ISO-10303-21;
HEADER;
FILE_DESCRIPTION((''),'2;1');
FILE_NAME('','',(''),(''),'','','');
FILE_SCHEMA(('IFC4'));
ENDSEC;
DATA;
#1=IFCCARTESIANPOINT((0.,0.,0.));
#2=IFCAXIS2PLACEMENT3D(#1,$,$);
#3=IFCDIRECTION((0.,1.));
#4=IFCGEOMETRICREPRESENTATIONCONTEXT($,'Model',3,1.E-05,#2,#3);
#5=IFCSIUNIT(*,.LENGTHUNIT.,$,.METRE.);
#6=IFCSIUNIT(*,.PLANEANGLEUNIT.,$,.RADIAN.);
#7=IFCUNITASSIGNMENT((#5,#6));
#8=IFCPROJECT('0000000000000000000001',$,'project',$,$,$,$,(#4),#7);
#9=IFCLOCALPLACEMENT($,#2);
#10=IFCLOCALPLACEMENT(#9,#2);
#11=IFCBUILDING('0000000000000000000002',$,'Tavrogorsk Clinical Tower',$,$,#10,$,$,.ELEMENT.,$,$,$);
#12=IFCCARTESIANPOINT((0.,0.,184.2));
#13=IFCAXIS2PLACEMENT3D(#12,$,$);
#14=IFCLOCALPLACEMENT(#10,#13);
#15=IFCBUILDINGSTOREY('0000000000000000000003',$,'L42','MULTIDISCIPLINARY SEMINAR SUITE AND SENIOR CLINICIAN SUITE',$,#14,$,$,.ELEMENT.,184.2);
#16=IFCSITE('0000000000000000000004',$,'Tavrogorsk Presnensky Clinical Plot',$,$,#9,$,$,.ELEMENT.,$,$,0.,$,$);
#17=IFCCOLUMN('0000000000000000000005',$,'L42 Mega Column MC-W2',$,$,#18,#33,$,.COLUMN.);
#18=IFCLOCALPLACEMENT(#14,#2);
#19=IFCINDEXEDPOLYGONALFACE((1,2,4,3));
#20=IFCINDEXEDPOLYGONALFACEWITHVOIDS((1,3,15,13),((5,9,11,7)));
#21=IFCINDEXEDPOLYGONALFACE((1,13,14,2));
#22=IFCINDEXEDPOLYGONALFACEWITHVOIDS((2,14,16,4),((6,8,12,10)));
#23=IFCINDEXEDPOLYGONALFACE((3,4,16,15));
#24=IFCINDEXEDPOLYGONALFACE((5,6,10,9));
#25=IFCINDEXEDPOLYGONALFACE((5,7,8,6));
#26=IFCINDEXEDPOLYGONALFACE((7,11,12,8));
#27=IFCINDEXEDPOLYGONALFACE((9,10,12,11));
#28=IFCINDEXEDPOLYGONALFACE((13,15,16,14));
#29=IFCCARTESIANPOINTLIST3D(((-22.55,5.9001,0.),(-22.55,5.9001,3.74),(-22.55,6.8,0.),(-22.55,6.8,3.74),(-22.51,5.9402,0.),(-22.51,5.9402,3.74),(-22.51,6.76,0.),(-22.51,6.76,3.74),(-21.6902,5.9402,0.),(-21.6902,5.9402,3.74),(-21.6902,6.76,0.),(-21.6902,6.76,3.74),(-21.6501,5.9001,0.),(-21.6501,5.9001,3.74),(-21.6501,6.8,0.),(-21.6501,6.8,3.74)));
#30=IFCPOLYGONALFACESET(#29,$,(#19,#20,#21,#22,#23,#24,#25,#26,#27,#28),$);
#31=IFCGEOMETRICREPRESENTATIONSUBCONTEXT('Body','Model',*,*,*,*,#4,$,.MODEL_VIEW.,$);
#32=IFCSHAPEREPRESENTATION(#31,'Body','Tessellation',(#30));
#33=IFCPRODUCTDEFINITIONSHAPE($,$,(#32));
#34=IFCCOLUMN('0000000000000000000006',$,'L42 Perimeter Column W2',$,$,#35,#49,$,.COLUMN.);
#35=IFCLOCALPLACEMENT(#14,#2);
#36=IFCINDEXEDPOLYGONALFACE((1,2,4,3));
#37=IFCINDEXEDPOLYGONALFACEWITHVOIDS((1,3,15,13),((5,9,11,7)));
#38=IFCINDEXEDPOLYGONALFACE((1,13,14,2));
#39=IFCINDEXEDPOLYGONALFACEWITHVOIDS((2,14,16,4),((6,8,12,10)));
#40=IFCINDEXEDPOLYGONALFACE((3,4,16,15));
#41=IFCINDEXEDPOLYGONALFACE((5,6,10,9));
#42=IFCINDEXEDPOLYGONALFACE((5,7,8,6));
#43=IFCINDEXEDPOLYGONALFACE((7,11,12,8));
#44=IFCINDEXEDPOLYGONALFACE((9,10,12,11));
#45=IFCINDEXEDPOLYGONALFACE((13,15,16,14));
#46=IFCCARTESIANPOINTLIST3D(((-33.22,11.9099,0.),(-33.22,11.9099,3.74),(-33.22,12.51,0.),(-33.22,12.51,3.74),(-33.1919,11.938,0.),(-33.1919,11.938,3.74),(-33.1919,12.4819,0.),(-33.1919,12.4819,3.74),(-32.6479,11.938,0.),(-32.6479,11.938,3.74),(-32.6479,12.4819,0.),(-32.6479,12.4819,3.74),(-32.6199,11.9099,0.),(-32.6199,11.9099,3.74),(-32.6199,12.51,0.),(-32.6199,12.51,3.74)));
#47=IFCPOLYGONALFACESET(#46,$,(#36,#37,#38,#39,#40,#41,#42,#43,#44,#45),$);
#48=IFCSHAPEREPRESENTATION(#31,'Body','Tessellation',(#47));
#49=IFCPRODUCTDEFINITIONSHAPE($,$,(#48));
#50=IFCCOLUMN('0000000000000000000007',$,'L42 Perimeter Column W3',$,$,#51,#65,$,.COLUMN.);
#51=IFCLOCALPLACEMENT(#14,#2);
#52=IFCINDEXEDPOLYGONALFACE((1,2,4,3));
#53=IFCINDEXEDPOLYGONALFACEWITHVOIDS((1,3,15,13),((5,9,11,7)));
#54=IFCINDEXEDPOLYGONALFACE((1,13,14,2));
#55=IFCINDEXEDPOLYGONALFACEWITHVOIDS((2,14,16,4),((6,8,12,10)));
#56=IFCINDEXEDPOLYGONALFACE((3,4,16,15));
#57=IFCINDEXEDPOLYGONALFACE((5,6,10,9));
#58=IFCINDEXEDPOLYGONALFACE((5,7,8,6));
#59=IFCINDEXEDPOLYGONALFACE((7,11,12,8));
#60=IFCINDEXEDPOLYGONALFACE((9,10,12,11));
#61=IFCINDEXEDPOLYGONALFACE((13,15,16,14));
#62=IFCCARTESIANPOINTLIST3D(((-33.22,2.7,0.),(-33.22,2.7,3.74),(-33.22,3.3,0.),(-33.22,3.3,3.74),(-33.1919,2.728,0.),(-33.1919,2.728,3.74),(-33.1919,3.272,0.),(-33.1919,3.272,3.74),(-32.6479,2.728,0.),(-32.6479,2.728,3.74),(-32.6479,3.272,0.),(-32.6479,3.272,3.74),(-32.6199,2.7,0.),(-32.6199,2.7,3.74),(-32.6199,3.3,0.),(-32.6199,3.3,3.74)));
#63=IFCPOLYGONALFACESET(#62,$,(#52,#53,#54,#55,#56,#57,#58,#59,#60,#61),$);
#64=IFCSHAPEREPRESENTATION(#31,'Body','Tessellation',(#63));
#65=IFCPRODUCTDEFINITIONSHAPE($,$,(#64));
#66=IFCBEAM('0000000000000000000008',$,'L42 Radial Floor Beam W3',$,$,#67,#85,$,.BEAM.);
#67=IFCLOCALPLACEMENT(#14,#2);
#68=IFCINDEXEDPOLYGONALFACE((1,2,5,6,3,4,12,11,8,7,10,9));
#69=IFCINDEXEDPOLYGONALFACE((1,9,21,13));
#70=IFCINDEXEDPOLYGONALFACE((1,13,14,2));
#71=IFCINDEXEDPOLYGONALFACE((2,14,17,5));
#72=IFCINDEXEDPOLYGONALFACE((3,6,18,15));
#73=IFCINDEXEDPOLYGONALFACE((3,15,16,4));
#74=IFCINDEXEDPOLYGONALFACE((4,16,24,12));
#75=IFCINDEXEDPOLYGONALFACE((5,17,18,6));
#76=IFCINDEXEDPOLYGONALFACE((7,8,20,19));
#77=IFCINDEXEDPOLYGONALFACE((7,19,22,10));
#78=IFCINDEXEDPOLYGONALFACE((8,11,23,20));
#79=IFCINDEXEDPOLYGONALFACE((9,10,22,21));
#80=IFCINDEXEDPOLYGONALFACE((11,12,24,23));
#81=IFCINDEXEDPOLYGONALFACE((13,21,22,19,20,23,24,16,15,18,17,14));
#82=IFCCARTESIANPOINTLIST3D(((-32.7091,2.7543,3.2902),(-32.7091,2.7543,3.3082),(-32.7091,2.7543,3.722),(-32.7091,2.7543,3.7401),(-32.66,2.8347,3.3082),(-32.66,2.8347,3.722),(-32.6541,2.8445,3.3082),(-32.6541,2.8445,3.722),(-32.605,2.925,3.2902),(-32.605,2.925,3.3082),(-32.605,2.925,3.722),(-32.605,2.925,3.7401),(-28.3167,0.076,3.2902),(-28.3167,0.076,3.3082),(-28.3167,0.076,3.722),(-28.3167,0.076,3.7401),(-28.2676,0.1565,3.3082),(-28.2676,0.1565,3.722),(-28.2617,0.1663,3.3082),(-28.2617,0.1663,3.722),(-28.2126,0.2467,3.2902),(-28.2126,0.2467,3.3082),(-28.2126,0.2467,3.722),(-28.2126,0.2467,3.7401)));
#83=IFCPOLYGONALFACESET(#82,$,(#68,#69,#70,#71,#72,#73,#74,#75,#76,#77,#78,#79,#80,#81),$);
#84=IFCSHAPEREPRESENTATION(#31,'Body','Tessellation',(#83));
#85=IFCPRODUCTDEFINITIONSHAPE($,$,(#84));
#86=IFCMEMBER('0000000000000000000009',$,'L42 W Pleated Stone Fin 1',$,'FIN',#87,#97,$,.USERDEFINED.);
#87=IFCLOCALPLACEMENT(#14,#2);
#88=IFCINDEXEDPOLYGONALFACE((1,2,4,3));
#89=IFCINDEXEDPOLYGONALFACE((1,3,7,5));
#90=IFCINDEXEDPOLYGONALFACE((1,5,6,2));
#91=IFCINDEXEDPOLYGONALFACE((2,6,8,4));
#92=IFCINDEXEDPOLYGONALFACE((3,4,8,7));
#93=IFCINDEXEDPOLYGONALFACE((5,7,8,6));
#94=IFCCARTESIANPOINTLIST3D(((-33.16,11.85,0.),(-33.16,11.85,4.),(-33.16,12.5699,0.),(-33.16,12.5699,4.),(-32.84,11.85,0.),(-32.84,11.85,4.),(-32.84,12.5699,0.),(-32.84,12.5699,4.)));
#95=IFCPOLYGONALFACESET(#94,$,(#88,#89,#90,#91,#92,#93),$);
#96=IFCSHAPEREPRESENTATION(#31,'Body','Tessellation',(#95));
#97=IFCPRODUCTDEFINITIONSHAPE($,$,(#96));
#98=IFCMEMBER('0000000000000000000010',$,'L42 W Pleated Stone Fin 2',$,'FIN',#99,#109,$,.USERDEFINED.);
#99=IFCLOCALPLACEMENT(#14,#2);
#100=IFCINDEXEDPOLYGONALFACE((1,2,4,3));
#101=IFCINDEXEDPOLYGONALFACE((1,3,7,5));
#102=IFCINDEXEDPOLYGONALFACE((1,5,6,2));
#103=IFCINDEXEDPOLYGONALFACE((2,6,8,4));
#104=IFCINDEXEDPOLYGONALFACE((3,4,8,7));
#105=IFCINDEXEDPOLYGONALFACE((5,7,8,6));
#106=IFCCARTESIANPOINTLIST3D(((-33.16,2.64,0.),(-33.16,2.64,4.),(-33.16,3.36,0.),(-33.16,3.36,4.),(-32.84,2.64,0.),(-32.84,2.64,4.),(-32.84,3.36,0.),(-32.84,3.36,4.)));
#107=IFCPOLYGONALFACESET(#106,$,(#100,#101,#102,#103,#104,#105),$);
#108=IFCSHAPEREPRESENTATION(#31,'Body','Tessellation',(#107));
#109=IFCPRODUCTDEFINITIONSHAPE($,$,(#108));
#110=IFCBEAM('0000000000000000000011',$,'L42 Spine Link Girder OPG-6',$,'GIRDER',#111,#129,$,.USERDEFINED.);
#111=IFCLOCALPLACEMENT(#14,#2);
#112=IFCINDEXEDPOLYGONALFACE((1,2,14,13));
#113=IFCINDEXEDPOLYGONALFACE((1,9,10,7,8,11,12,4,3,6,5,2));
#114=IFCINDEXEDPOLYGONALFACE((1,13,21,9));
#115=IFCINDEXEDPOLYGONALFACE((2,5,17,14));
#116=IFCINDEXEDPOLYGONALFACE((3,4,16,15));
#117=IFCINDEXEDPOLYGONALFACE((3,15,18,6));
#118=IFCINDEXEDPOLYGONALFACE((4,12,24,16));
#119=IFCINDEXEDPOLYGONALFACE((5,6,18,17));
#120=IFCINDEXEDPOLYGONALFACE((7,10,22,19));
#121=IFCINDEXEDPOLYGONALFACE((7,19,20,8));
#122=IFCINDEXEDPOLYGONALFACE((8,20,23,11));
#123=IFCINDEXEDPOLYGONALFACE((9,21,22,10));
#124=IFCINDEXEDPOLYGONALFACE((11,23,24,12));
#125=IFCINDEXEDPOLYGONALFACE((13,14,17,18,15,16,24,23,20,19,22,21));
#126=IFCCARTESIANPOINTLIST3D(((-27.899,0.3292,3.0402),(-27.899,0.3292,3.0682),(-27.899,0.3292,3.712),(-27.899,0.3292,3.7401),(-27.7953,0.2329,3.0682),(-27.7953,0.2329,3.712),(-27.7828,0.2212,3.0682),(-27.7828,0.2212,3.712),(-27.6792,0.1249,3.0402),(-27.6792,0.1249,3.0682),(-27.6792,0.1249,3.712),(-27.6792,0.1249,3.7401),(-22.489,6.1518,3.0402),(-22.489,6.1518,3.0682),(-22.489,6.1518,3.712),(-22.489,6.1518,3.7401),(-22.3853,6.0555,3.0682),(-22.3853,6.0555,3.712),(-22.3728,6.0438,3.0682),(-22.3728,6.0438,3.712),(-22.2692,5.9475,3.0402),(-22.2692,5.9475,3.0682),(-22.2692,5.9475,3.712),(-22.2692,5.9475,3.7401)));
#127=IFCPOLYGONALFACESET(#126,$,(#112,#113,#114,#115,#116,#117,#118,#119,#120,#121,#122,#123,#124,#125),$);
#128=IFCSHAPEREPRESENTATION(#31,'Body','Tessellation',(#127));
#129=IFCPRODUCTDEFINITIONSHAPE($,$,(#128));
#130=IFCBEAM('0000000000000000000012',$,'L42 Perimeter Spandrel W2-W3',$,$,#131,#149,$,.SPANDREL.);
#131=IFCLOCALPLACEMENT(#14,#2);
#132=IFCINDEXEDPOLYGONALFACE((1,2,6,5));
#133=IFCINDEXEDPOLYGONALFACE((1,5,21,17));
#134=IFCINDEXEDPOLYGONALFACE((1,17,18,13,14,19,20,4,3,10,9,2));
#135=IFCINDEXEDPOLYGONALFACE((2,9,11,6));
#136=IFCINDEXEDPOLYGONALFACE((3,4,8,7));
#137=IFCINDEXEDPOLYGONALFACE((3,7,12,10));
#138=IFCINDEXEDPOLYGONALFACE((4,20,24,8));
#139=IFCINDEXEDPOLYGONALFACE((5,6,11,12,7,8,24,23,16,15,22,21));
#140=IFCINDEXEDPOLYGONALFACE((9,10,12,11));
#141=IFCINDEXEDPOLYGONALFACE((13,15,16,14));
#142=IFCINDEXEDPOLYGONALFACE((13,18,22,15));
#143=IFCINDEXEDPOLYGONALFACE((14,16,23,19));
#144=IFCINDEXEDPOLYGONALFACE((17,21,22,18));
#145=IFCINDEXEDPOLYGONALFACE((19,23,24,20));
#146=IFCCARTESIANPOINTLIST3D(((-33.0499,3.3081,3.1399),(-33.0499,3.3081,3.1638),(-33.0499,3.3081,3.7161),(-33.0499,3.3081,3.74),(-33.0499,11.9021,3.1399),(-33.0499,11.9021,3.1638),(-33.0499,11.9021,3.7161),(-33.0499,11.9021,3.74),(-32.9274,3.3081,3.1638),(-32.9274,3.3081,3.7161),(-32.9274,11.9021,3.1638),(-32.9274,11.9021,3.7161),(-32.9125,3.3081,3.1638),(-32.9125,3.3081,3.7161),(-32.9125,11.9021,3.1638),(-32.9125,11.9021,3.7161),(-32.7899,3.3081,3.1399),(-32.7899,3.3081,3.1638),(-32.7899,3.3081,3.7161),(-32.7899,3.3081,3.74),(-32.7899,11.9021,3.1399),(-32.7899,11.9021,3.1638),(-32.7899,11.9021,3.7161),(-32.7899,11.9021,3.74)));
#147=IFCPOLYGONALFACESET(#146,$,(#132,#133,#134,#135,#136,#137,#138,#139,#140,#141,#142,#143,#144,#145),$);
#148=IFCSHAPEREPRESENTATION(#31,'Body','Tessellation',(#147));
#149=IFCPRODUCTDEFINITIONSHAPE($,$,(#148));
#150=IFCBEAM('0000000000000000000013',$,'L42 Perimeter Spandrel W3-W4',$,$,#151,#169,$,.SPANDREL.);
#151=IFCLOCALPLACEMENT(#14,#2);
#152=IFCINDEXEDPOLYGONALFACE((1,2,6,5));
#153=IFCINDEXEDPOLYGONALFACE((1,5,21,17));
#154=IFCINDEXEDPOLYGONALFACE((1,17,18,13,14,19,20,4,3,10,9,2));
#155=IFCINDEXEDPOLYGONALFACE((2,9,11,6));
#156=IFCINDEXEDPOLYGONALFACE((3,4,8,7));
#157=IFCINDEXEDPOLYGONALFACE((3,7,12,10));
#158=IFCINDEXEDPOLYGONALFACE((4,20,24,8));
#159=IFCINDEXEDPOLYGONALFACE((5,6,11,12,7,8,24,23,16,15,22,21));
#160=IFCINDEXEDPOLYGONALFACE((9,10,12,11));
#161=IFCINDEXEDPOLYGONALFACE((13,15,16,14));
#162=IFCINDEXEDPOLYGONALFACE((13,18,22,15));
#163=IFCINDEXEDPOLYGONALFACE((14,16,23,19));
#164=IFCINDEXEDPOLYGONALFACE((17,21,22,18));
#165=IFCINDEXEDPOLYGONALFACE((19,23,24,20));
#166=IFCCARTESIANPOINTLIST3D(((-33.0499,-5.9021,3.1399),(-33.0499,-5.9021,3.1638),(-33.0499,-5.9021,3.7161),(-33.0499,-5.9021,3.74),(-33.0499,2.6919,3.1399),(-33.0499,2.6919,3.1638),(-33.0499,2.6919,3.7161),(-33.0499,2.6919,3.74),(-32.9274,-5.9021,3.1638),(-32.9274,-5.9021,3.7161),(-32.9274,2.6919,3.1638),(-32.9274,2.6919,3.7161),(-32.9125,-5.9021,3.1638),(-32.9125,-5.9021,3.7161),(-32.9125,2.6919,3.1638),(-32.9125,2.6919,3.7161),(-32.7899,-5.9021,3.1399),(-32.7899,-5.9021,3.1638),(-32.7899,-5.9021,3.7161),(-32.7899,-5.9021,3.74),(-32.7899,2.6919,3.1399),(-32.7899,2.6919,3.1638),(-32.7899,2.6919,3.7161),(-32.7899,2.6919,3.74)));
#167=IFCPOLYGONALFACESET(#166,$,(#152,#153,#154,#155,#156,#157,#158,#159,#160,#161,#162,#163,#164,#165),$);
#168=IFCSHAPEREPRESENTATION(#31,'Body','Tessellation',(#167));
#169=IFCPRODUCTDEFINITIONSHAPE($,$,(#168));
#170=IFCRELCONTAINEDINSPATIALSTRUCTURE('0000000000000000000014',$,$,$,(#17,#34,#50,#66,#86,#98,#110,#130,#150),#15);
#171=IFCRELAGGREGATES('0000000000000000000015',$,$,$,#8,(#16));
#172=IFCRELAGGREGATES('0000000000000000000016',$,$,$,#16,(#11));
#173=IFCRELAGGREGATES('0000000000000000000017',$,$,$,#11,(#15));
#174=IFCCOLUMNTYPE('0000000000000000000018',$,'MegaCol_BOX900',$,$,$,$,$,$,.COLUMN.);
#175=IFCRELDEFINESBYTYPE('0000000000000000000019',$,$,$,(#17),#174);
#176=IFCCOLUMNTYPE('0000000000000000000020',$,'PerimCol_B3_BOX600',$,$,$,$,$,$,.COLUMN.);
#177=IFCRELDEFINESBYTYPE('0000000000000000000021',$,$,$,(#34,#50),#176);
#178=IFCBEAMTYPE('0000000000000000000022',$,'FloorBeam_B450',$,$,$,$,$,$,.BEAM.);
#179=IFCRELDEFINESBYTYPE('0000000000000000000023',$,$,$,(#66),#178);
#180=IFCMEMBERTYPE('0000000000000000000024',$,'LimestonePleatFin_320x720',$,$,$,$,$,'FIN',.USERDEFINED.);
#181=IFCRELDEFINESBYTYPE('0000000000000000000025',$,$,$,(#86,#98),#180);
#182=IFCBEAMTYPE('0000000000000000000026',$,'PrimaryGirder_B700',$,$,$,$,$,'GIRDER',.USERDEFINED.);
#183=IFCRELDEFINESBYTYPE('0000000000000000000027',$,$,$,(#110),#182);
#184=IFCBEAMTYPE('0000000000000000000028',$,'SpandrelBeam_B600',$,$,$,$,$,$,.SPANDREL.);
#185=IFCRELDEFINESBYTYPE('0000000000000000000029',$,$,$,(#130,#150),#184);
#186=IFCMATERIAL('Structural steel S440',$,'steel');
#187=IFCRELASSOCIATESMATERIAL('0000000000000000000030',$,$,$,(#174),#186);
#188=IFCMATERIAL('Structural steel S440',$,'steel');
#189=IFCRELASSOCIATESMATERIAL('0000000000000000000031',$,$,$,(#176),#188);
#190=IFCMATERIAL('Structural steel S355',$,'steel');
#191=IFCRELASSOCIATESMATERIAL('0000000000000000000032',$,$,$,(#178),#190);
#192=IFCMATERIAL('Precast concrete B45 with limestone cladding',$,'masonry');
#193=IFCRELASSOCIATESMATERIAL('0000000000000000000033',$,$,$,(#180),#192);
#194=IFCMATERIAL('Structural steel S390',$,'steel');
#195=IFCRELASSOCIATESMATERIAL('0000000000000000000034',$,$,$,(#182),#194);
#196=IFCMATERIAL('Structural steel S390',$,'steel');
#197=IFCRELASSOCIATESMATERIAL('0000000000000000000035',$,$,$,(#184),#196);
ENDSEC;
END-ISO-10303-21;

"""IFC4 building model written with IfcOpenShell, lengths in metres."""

from ifc_helpers import new_model, si_unit, direction, frame, origin, origin_2d, place, context, subcontext, project, spatial, rectangle, hollow_rectangle, i_section, extrude, material, material_profile, profile_set, type_object, element, save


model = new_model("IFC4")

# Units and contexts
model_context = context("Model", 3, precision=1e-05, world=origin(), true_north=direction((0.0, 1.0)))
body_context = subcontext(model_context, "Body", "Model", "MODEL_VIEW")
ifc_project = project(units=[si_unit("LENGTHUNIT", "METRE"), si_unit("PLANEANGLEUNIT", "RADIAN")], contexts=[model_context])

# Site, building, storey
site_placement = place(None, origin())
site = spatial("IfcSite", under=ifc_project, at=site_placement, Name="Tavrogorsk Presnensky Clinical Plot", CompositionType="ELEMENT", RefElevation=0.0)
building_placement = place(site_placement, origin())
building = spatial("IfcBuilding", under=site, at=building_placement, Name="Tavrogorsk Clinical Tower", CompositionType="ELEMENT")
storey_placement = place(building_placement, frame((0.0, 0.0, 184.2)))
storey = spatial("IfcBuildingStorey", under=building, at=storey_placement, Name="L42", Description="MULTIDISCIPLINARY SEMINAR SUITE AND SENIOR CLINICIAN SUITE", CompositionType="ELEMENT", Elevation=184.2)

# Columns
ifc_material_1 = material(Name="Structural steel S440", Category="steel")
ifc_material_profile_1 = material_profile(ifc_material_1, hollow_rectangle(XDim=0.8999, YDim=0.8999, WallThickness=0.04, at=origin_2d()), Name="BOX-900x900x40")
ifc_profile_set_1 = profile_set([ifc_material_profile_1], Name="Structural steel S440")
column_type_1 = type_object("IfcColumnType", Name="MegaCol_BOX900", PredefinedType="COLUMN", material=ifc_profile_set_1)
column_placement = place(storey_placement, frame((-22.1001, 6.3501, 0.0), z_axis=(0.0, 0.0, 1.0), x_axis=(1.0, 0.0, 0.0)))
element("IfcColumn", 1, at=column_placement, inside=storey, type_object=column_type_1, Name="L42 Mega Column MC-W2", PredefinedType="COLUMN", context=body_context, shape_type="SweptSolid", body=[
    extrude(hollow_rectangle(XDim=0.8999, YDim=0.8999, WallThickness=0.04, at=origin_2d()), origin(), (0.0, 0.0, 1.0), 3.74),
])
ifc_material_2 = material(Name="Structural steel S440", Category="steel")
ifc_material_profile_2 = material_profile(ifc_material_2, hollow_rectangle(XDim=0.6001, YDim=0.6001, WallThickness=0.0281, at=origin_2d()), Name="BOX-600x600x28")
ifc_profile_set_2 = profile_set([ifc_material_profile_2], Name="Structural steel S440")
column_type_2 = type_object("IfcColumnType", Name="PerimCol_B3_BOX600", PredefinedType="COLUMN", material=ifc_profile_set_2)
for number, where, z_axis, x_axis, name in (
    (2, (-32.9199, 12.21, 0.0), (0.0, 0.0, 1.0), (1.0, 0.0, 0.0), "L42 Perimeter Column W2"),
    (3, (-32.9199, 3.0, 0.0), (0.0, 0.0, 1.0), (1.0, 0.0, 0.0), "L42 Perimeter Column W3"),
):
    element("IfcColumn", number, at=place(storey_placement, frame(where, z_axis=z_axis, x_axis=x_axis)), inside=storey, type_object=column_type_2, Name=name, PredefinedType="COLUMN", context=body_context, shape_type="SweptSolid", body=[
        extrude(hollow_rectangle(XDim=0.6001, YDim=0.6001, WallThickness=0.0281, at=origin_2d()), origin(), (0.0, 0.0, 1.0), 3.74),
    ])

# Beam
ifc_material_3 = material(Name="Structural steel S355", Category="steel")
ifc_material_profile_3 = material_profile(ifc_material_3, i_section(OverallWidth=0.2, OverallDepth=0.45, WebThickness=0.0115, FlangeThickness=0.0181, at=origin_2d()), Name="B-450x200x11.5x18")
ifc_profile_set_3 = profile_set([ifc_material_profile_3], Name="Structural steel S355")
beam_type_1 = type_object("IfcBeamType", Name="FloorBeam_B450", PredefinedType="BEAM", material=ifc_profile_set_3)
beam_1_placement = place(storey_placement, frame((-28.2646, 0.1614, 3.5151), z_axis=(-0.853799, 0.520603, 0.0), x_axis=(-0.520603, -0.853799, 0.0)))
element("IfcBeam", 4, at=beam_1_placement, inside=storey, type_object=beam_type_1, Name="L42 Radial Floor Beam W3", PredefinedType="BEAM", context=body_context, shape_type="SweptSolid", body=[
    extrude(i_section(OverallWidth=0.2, OverallDepth=0.45, WebThickness=0.0115, FlangeThickness=0.0181, at=origin_2d()), origin(), (0.0, 0.0, 1.0), 5.1445),
])

# Members
ifc_material_4 = material(Name="Precast concrete B45 with limestone cladding", Category="masonry")
ifc_material_profile_4 = material_profile(ifc_material_4, rectangle(XDim=0.3201, YDim=0.72, at=origin_2d()), Name="LIMESTONE-FIN-320x720")
ifc_profile_set_4 = profile_set([ifc_material_profile_4], Name="Precast concrete B45 with limestone cladding")
member_type = type_object("IfcMemberType", Name="LimestonePleatFin_320x720", ElementType="FIN", PredefinedType="USERDEFINED", material=ifc_profile_set_4)
for number, where, z_axis, x_axis, name in (
    (5, (-33.0, 12.21, 0.0), (0.0, 0.0, 1.0), (1.0, 0.0, 0.0), "L42 W Pleated Stone Fin 1"),
    (6, (-33.0, 3.0, 0.0), (0.0, 0.0, 1.0), (1.0, 0.0, 0.0), "L42 W Pleated Stone Fin 2"),
):
    element("IfcMember", number, at=place(storey_placement, frame(where, z_axis=z_axis, x_axis=x_axis)), inside=storey, type_object=member_type, Name=name, ObjectType="FIN", PredefinedType="USERDEFINED", context=body_context, shape_type="SweptSolid", body=[
        extrude(rectangle(XDim=0.3201, YDim=0.72, at=origin_2d()), origin(), (0.0, 0.0, 1.0), 4.0),
    ])

# Beams
ifc_material_5 = material(Name="Structural steel S390", Category="steel")
ifc_material_profile_5 = material_profile(ifc_material_5, i_section(OverallWidth=0.3, OverallDepth=0.7, WebThickness=0.0171, FlangeThickness=0.0281, at=origin_2d()), Name="B-700x300x17x28")
ifc_profile_set_5 = profile_set([ifc_material_profile_5], Name="Structural steel S390")
beam_type_2 = type_object("IfcBeamType", Name="PrimaryGirder_B700", ElementType="GIRDER", PredefinedType="USERDEFINED", material=ifc_profile_set_5)
beam_2_placement = place(storey_placement, frame((-27.7891, 0.2271, 3.3901), z_axis=(0.680674, 0.732587, 0.0), x_axis=(-0.732587, 0.680674, 0.0)))
element("IfcBeam", 7, at=beam_2_placement, inside=storey, type_object=beam_type_2, Name="L42 Spine Link Girder OPG-6", ObjectType="GIRDER", PredefinedType="USERDEFINED", context=body_context, shape_type="SweptSolid", body=[
    extrude(i_section(OverallWidth=0.3, OverallDepth=0.7, WebThickness=0.0171, FlangeThickness=0.0281, at=origin_2d()), origin(), (0.0, 0.0, 1.0), 7.948),
])
ifc_material_6 = material(Name="Structural steel S390", Category="steel")
ifc_material_profile_6 = material_profile(ifc_material_6, i_section(OverallWidth=0.26, OverallDepth=0.6001, WebThickness=0.0149, FlangeThickness=0.0239, at=origin_2d()), Name="B-600x260x15x24")
ifc_profile_set_6 = profile_set([ifc_material_profile_6], Name="Structural steel S390")
beam_type_3 = type_object("IfcBeamType", Name="SpandrelBeam_B600", PredefinedType="SPANDREL", material=ifc_profile_set_6)
for number, where, z_axis, x_axis, name in (
    (8, (-32.9199, 11.9021, 3.4399), (0.0, -1.0, 0.0), (1.0, 0.0, 0.0), "L42 Perimeter Spandrel W2-W3"),
    (9, (-32.9199, 2.6919, 3.4399), (0.0, -1.0, 0.0), (1.0, 0.0, 0.0), "L42 Perimeter Spandrel W3-W4"),
):
    element("IfcBeam", number, at=place(storey_placement, frame(where, z_axis=z_axis, x_axis=x_axis)), inside=storey, type_object=beam_type_3, Name=name, PredefinedType="SPANDREL", context=body_context, shape_type="SweptSolid", body=[
        extrude(i_section(OverallWidth=0.26, OverallDepth=0.6001, WebThickness=0.0149, FlangeThickness=0.0239, at=origin_2d()), origin(), (0.0, 0.0, 1.0), 8.594),
    ])

save(model, "model.ifc")
